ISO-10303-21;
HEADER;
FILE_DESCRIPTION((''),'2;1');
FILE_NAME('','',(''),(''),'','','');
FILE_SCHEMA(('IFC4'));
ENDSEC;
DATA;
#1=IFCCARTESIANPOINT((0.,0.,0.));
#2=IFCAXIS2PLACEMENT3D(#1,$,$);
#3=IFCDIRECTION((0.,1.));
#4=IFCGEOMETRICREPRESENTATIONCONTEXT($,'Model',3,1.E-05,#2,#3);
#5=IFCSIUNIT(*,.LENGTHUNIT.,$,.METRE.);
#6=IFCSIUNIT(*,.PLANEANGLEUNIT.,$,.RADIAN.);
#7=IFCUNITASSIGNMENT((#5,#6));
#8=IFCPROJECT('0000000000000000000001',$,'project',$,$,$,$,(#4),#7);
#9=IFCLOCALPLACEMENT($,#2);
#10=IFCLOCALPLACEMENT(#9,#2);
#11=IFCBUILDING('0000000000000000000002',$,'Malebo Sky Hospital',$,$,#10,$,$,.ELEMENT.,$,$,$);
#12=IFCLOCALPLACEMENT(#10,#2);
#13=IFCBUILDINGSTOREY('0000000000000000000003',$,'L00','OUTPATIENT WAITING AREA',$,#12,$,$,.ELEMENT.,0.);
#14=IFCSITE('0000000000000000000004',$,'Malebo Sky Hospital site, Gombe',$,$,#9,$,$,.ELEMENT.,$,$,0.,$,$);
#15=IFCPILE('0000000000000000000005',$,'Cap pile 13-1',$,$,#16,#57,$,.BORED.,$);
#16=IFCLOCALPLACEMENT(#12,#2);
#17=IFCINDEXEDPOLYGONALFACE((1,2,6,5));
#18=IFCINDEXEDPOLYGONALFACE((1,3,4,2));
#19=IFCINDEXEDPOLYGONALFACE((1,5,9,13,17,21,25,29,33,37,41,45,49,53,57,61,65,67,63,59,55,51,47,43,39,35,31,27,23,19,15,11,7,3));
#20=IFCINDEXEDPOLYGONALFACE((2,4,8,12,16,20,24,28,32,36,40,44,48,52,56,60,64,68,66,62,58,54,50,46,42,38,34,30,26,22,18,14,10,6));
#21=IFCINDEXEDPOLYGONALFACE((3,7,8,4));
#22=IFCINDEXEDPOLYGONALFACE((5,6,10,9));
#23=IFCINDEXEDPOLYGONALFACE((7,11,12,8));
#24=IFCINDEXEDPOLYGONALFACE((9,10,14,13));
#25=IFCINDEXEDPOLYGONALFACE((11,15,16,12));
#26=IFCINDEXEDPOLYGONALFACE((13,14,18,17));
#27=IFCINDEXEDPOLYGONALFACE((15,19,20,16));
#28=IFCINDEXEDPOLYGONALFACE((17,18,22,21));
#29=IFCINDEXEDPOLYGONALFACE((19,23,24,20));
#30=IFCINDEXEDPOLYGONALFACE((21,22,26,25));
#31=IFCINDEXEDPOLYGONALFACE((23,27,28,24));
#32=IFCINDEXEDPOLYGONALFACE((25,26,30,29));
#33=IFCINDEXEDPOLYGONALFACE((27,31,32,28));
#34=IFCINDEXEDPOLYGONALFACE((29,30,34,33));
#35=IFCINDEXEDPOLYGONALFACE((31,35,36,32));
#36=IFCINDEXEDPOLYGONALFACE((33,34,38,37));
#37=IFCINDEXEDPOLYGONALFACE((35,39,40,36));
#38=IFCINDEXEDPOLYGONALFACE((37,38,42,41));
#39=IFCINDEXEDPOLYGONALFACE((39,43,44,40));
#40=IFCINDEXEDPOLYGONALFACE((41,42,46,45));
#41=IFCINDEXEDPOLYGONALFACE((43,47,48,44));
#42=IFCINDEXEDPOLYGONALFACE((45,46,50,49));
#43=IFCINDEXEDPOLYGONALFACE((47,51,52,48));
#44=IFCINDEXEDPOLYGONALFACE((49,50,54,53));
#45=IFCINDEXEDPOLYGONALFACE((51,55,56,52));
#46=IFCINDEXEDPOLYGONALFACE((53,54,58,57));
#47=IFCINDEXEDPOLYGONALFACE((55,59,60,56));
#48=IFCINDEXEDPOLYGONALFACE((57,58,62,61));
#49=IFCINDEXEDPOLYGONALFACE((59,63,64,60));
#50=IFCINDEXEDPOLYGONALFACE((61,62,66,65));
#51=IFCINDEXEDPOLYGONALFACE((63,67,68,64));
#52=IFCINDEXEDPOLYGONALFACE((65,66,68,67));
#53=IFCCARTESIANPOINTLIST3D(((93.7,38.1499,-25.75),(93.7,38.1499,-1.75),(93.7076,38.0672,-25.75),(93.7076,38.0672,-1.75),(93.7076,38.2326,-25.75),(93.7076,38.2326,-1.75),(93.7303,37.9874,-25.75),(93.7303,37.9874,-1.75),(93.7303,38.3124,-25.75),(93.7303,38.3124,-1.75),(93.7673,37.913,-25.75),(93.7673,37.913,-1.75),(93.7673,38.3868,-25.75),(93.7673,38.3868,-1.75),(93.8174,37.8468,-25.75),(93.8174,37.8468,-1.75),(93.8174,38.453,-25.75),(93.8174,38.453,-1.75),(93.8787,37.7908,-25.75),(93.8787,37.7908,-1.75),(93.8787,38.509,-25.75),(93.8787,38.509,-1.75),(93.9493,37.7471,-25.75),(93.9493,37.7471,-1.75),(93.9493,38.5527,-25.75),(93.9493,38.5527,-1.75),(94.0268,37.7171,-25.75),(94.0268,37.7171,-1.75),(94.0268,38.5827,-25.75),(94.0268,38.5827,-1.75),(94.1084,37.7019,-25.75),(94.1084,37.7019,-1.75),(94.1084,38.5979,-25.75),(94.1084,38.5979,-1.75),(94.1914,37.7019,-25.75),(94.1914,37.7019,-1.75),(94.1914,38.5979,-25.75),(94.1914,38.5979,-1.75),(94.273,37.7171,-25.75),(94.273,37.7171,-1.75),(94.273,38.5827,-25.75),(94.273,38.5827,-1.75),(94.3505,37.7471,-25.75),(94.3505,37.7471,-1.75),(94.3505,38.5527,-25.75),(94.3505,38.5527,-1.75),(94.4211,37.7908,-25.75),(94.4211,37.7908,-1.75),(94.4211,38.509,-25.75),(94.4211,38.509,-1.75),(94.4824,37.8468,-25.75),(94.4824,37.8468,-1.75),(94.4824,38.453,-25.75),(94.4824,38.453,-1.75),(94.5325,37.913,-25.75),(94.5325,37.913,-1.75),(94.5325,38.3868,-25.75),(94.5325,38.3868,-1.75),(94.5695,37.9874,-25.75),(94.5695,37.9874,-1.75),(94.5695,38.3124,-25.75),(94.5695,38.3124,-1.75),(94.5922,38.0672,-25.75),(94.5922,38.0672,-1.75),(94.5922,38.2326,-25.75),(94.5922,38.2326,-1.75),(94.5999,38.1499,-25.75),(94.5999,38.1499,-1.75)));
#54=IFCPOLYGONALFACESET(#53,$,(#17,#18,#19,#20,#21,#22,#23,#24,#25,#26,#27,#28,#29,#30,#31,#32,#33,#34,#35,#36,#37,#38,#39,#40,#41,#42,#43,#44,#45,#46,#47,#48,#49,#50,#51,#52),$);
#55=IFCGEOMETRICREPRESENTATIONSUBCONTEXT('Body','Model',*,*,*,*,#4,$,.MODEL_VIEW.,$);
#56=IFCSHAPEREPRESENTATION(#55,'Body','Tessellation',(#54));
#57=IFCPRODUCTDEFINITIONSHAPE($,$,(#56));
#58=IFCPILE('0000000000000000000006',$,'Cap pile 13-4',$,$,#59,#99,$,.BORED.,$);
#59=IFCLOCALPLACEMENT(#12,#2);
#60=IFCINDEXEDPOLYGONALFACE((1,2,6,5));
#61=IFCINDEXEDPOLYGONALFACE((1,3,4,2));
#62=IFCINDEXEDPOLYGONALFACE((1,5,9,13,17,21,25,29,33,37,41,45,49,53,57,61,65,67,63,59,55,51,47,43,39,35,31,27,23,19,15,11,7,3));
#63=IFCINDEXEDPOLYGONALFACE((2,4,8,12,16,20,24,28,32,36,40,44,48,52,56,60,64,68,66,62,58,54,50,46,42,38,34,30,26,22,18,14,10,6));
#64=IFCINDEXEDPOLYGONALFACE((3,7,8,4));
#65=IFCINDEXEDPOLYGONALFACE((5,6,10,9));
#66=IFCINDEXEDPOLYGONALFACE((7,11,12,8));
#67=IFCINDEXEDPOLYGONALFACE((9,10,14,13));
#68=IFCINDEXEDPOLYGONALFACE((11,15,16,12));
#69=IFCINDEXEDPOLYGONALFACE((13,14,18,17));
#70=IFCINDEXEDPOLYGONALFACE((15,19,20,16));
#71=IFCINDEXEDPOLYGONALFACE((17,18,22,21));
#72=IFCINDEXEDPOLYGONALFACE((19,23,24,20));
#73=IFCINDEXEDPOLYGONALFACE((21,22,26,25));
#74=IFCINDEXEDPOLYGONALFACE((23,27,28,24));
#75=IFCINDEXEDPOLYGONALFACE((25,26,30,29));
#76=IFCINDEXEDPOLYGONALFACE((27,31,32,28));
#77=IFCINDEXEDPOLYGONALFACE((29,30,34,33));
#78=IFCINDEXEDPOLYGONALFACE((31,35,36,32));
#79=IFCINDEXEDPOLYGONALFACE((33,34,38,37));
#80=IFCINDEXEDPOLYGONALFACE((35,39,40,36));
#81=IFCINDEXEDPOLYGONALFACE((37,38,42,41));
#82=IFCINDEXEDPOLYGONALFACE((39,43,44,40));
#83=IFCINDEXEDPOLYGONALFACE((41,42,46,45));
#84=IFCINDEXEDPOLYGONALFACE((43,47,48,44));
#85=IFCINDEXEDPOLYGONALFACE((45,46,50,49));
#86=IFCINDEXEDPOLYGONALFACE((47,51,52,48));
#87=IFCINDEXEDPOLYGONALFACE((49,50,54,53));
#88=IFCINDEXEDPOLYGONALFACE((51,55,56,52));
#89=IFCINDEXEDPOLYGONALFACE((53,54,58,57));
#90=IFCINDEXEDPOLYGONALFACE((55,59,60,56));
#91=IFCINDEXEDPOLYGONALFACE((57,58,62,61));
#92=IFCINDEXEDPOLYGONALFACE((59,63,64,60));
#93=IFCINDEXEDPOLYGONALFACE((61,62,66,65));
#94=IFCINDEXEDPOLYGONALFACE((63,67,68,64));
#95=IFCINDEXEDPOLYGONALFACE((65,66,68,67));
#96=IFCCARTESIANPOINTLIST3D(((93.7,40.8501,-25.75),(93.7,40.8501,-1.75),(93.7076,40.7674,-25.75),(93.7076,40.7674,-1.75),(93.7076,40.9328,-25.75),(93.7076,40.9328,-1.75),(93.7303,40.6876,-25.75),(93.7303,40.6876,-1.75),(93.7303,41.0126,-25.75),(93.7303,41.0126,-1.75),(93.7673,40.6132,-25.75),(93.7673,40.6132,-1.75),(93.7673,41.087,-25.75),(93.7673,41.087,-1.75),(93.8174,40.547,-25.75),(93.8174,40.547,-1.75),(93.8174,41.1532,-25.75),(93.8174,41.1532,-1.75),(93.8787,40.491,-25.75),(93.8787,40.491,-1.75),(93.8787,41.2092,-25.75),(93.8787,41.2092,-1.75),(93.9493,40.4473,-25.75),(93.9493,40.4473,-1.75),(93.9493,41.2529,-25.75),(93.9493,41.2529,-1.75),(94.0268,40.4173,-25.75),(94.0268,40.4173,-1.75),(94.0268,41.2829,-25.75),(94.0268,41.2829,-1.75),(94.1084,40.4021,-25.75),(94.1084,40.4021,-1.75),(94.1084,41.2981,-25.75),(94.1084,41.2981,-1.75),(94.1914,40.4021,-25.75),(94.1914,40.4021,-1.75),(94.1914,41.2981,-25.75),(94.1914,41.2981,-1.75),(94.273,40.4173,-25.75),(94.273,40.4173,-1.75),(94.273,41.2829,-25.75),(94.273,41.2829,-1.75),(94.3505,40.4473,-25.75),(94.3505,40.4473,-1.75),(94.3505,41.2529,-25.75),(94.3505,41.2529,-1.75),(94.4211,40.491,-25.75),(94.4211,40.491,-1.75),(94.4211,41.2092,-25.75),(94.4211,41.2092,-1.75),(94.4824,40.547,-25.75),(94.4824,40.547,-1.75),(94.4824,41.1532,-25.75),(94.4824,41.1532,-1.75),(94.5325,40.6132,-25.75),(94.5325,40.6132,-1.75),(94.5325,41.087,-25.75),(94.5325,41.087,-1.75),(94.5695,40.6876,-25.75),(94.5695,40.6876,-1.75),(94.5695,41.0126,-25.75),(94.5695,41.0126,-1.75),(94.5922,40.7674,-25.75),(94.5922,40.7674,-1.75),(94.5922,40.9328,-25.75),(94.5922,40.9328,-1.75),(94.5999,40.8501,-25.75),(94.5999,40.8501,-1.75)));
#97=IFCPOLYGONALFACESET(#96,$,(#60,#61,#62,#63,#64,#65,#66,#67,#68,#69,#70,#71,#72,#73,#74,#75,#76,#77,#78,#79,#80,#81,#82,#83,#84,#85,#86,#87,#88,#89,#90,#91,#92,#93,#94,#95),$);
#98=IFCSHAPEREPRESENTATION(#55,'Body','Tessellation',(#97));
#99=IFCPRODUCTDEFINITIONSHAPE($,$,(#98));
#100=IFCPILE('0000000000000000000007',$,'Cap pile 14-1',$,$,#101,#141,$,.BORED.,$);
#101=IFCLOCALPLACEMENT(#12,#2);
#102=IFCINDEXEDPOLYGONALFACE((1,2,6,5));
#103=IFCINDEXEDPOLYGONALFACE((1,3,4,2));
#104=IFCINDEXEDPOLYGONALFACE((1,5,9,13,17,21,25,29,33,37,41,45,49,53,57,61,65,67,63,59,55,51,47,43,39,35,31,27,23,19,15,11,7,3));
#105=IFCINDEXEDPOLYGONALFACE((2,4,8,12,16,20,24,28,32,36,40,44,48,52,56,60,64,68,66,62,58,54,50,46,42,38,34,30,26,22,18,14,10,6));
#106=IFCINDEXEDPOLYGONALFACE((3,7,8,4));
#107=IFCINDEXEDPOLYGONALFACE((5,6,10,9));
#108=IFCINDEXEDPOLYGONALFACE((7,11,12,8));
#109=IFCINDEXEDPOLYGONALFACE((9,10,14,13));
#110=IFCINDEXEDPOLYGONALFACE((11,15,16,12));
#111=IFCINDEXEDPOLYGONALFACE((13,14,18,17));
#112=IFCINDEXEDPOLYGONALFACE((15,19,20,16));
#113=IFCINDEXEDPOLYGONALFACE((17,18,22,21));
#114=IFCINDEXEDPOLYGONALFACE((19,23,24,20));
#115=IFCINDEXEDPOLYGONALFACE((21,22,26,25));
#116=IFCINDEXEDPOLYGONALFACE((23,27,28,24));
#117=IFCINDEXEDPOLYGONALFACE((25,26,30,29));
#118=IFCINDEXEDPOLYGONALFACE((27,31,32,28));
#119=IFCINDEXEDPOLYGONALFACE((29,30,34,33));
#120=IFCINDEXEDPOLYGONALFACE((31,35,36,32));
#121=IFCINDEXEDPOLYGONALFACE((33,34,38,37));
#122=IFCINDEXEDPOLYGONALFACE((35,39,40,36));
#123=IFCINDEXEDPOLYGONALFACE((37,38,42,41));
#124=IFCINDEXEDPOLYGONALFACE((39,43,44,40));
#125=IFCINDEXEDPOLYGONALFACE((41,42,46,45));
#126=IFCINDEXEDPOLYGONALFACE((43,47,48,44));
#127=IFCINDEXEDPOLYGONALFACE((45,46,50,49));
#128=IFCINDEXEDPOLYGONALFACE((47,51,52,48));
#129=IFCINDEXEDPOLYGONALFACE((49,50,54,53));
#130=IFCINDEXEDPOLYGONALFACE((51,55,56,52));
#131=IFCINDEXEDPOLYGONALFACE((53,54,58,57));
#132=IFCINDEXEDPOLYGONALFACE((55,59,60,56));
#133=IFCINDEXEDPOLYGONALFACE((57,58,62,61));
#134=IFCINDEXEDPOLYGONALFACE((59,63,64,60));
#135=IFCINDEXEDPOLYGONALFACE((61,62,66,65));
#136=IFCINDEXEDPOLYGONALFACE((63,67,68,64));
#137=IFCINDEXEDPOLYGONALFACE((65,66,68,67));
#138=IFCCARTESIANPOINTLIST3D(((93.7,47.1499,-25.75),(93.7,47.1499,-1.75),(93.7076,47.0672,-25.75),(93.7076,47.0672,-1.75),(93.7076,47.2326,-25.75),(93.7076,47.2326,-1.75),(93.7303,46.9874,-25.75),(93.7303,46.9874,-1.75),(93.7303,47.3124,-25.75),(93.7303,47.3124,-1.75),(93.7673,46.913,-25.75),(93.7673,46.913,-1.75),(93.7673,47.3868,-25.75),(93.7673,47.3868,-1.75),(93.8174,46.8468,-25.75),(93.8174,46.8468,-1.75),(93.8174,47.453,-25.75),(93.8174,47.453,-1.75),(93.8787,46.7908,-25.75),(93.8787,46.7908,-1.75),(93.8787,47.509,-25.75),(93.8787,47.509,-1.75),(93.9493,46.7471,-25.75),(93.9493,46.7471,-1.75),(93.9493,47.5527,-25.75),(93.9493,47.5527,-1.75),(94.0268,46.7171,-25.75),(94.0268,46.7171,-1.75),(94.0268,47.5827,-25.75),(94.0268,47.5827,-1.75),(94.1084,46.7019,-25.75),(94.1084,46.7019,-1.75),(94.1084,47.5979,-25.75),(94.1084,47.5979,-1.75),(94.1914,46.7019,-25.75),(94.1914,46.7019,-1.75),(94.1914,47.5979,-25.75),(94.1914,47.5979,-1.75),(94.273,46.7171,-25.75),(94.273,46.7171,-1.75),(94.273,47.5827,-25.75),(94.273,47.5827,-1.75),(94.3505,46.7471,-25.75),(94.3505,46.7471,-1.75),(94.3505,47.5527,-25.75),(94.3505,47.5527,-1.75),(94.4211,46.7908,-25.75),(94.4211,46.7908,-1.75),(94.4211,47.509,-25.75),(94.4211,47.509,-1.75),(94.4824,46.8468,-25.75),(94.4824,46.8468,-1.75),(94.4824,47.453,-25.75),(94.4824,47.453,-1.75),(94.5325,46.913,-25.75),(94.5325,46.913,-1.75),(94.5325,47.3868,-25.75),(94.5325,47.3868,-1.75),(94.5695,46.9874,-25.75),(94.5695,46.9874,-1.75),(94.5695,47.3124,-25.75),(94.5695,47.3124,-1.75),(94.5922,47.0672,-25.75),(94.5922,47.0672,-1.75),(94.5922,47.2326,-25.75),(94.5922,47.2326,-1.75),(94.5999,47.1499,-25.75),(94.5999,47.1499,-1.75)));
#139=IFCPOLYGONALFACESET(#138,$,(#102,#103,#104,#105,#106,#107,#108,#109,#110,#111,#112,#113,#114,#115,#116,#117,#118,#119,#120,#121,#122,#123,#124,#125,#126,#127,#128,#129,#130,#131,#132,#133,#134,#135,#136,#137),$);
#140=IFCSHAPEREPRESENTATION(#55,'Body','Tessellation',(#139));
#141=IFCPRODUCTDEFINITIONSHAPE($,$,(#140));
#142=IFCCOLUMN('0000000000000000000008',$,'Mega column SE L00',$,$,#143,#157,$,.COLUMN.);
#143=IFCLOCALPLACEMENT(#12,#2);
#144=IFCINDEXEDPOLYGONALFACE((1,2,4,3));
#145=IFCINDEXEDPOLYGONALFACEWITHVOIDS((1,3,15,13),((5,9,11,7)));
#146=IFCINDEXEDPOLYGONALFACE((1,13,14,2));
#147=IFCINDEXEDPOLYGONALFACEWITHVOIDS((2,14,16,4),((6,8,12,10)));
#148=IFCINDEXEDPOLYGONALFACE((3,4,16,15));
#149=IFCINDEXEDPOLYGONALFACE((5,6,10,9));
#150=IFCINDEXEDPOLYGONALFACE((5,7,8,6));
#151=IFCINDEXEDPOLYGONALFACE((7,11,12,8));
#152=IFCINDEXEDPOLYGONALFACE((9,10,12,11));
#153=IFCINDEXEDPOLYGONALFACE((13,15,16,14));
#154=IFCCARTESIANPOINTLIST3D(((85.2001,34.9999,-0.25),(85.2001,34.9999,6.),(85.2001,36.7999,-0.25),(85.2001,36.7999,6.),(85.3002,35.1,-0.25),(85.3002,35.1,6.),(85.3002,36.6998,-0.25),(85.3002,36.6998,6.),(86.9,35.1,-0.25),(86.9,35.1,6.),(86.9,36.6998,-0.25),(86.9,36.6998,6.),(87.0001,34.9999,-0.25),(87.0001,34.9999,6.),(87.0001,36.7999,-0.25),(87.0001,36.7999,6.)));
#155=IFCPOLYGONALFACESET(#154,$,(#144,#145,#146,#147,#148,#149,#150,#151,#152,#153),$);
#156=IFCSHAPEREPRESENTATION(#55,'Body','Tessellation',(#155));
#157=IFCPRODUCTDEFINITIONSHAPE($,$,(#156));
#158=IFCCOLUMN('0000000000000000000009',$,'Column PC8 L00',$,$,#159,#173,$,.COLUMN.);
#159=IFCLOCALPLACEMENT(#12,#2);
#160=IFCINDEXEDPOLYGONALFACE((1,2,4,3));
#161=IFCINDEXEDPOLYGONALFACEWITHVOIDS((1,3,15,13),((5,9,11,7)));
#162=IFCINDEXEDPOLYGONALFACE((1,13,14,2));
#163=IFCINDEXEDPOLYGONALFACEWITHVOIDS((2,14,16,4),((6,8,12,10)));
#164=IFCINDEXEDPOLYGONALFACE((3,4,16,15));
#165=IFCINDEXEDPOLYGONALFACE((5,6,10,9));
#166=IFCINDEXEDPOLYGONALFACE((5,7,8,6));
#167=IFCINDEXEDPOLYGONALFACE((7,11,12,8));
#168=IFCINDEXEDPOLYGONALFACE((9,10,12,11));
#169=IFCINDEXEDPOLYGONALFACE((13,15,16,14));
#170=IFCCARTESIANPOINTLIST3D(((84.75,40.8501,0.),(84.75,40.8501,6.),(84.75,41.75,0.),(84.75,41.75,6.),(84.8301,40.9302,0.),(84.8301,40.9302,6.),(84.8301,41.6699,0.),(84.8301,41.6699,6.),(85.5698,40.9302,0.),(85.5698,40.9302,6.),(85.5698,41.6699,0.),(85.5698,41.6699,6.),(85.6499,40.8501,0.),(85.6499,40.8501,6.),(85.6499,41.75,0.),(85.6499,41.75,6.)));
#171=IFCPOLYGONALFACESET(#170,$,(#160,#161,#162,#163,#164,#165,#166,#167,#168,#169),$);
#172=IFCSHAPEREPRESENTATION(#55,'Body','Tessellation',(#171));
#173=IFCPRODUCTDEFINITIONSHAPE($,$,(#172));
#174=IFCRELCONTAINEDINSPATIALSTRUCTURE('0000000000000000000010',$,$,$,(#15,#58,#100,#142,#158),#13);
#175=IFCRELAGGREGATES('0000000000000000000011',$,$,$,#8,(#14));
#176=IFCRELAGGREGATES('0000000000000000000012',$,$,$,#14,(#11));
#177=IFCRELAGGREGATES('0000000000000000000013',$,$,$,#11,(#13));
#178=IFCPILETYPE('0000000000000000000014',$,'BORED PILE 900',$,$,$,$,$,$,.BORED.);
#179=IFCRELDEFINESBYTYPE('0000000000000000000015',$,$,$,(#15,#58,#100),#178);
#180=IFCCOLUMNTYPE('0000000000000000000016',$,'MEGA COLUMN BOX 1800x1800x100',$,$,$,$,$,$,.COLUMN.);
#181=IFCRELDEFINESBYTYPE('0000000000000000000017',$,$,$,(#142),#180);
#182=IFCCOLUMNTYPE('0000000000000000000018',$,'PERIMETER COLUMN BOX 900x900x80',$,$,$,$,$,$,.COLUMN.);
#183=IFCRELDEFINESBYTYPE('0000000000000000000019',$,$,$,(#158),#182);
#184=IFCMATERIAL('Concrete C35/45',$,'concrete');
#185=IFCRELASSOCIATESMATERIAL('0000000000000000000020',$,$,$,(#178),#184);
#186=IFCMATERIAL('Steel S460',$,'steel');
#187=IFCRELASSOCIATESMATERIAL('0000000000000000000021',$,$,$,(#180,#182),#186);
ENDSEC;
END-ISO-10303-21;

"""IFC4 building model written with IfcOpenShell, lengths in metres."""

from ifc_helpers import new_model, si_unit, direction, frame, origin, origin_2d, place, context, subcontext, project, spatial, hollow_rectangle, circle, extrude, material, material_profile, profile_set, type_object, element, save


model = new_model("IFC4")

# Units and contexts
model_context = context("Model", 3, precision=1e-05, world=origin(), true_north=direction((0.0, 1.0)))
body_context = subcontext(model_context, "Body", "Model", "MODEL_VIEW")
ifc_project = project(units=[si_unit("LENGTHUNIT", "METRE"), si_unit("PLANEANGLEUNIT", "RADIAN")], contexts=[model_context])

# Site, building, storey
site_placement = place(None, origin())
site = spatial("IfcSite", under=ifc_project, at=site_placement, Name="Malebo Sky Hospital site, Gombe", CompositionType="ELEMENT", RefElevation=0.0)
building_placement = place(site_placement, origin())
building = spatial("IfcBuilding", under=site, at=building_placement, Name="Malebo Sky Hospital", CompositionType="ELEMENT")
storey_placement = place(building_placement, origin())
storey = spatial("IfcBuildingStorey", under=building, at=storey_placement, Name="L00", Description="OUTPATIENT WAITING AREA", CompositionType="ELEMENT", Elevation=0.0)

# Piles
ifc_material_1 = material(Name="Concrete C35/45", Category="concrete")
ifc_material_profile_1 = material_profile(ifc_material_1, circle(Radius=0.45, at=origin_2d()), Name="BP 900")
ifc_profile_set_1 = profile_set([ifc_material_profile_1], Name="Concrete C35/45")
pile_type_1 = type_object("IfcPileType", Name="BORED PILE 900", PredefinedType="BORED", material=ifc_profile_set_1)
for number, where, z_axis, x_axis, name in (
    (1, (94.1499, 38.1499, -1.75), (0.0, 0.0, -1.0), (1.0, 0.0, 0.0), "Cap pile 13-1"),
    (2, (94.1499, 40.8501, -1.75), (0.0, 0.0, -1.0), (1.0, 0.0, 0.0), "Cap pile 13-4"),
    (3, (94.1499, 47.1499, -1.75), (0.0, 0.0, -1.0), (1.0, 0.0, 0.0), "Cap pile 14-1"),
):
    element("IfcPile", number, at=place(storey_placement, frame(where, z_axis=z_axis, x_axis=x_axis)), inside=storey, type_object=pile_type_1, Name=name, PredefinedType="BORED", context=body_context, shape_type="SweptSolid", body=[
        extrude(circle(Radius=0.45, at=origin_2d()), origin(), (0.0, 0.0, 1.0), 24.0),
    ])

# Columns
ifc_material_2 = material(Name="Steel S460", Category="steel")
ifc_material_profile_2 = material_profile(ifc_material_2, hollow_rectangle(XDim=1.8, YDim=1.8, WallThickness=0.1001, at=origin_2d()), Name="BOX 1800x1800x100")
ifc_profile_set_2 = profile_set([ifc_material_profile_2], Name="Steel S460")
column_type_1 = type_object("IfcColumnType", Name="MEGA COLUMN BOX 1800x1800x100", PredefinedType="COLUMN", material=ifc_profile_set_2)
column_1_placement = place(storey_placement, frame((86.1001, 35.8999, -0.25), z_axis=(0.0, 0.0, 1.0), x_axis=(1.0, 0.0, 0.0)))
element("IfcColumn", 4, at=column_1_placement, inside=storey, type_object=column_type_1, Name="Mega column SE L00", PredefinedType="COLUMN", context=body_context, shape_type="SweptSolid", body=[
    extrude(hollow_rectangle(XDim=1.8, YDim=1.8, WallThickness=0.1001, at=origin_2d()), origin(), (0.0, 0.0, 1.0), 6.25),
])
ifc_material_profile_3 = material_profile(ifc_material_2, hollow_rectangle(XDim=0.8999, YDim=0.8999, WallThickness=0.0801, at=origin_2d()), Name="BOX 900x900x80")
ifc_profile_set_3 = profile_set([ifc_material_profile_3], Name="Steel S460")
column_type_2 = type_object("IfcColumnType", Name="PERIMETER COLUMN BOX 900x900x80", PredefinedType="COLUMN", material=ifc_profile_set_3)
column_2_placement = place(storey_placement, frame((85.2, 41.3, 0.0), z_axis=(0.0, 0.0, 1.0), x_axis=(1.0, 0.0, 0.0)))
element("IfcColumn", 5, at=column_2_placement, inside=storey, type_object=column_type_2, Name="Column PC8 L00", PredefinedType="COLUMN", context=body_context, shape_type="SweptSolid", body=[
    extrude(hollow_rectangle(XDim=0.8999, YDim=0.8999, WallThickness=0.0801, at=origin_2d()), origin(), (0.0, 0.0, 1.0), 6.0),
])

save(model, "model.ifc")
